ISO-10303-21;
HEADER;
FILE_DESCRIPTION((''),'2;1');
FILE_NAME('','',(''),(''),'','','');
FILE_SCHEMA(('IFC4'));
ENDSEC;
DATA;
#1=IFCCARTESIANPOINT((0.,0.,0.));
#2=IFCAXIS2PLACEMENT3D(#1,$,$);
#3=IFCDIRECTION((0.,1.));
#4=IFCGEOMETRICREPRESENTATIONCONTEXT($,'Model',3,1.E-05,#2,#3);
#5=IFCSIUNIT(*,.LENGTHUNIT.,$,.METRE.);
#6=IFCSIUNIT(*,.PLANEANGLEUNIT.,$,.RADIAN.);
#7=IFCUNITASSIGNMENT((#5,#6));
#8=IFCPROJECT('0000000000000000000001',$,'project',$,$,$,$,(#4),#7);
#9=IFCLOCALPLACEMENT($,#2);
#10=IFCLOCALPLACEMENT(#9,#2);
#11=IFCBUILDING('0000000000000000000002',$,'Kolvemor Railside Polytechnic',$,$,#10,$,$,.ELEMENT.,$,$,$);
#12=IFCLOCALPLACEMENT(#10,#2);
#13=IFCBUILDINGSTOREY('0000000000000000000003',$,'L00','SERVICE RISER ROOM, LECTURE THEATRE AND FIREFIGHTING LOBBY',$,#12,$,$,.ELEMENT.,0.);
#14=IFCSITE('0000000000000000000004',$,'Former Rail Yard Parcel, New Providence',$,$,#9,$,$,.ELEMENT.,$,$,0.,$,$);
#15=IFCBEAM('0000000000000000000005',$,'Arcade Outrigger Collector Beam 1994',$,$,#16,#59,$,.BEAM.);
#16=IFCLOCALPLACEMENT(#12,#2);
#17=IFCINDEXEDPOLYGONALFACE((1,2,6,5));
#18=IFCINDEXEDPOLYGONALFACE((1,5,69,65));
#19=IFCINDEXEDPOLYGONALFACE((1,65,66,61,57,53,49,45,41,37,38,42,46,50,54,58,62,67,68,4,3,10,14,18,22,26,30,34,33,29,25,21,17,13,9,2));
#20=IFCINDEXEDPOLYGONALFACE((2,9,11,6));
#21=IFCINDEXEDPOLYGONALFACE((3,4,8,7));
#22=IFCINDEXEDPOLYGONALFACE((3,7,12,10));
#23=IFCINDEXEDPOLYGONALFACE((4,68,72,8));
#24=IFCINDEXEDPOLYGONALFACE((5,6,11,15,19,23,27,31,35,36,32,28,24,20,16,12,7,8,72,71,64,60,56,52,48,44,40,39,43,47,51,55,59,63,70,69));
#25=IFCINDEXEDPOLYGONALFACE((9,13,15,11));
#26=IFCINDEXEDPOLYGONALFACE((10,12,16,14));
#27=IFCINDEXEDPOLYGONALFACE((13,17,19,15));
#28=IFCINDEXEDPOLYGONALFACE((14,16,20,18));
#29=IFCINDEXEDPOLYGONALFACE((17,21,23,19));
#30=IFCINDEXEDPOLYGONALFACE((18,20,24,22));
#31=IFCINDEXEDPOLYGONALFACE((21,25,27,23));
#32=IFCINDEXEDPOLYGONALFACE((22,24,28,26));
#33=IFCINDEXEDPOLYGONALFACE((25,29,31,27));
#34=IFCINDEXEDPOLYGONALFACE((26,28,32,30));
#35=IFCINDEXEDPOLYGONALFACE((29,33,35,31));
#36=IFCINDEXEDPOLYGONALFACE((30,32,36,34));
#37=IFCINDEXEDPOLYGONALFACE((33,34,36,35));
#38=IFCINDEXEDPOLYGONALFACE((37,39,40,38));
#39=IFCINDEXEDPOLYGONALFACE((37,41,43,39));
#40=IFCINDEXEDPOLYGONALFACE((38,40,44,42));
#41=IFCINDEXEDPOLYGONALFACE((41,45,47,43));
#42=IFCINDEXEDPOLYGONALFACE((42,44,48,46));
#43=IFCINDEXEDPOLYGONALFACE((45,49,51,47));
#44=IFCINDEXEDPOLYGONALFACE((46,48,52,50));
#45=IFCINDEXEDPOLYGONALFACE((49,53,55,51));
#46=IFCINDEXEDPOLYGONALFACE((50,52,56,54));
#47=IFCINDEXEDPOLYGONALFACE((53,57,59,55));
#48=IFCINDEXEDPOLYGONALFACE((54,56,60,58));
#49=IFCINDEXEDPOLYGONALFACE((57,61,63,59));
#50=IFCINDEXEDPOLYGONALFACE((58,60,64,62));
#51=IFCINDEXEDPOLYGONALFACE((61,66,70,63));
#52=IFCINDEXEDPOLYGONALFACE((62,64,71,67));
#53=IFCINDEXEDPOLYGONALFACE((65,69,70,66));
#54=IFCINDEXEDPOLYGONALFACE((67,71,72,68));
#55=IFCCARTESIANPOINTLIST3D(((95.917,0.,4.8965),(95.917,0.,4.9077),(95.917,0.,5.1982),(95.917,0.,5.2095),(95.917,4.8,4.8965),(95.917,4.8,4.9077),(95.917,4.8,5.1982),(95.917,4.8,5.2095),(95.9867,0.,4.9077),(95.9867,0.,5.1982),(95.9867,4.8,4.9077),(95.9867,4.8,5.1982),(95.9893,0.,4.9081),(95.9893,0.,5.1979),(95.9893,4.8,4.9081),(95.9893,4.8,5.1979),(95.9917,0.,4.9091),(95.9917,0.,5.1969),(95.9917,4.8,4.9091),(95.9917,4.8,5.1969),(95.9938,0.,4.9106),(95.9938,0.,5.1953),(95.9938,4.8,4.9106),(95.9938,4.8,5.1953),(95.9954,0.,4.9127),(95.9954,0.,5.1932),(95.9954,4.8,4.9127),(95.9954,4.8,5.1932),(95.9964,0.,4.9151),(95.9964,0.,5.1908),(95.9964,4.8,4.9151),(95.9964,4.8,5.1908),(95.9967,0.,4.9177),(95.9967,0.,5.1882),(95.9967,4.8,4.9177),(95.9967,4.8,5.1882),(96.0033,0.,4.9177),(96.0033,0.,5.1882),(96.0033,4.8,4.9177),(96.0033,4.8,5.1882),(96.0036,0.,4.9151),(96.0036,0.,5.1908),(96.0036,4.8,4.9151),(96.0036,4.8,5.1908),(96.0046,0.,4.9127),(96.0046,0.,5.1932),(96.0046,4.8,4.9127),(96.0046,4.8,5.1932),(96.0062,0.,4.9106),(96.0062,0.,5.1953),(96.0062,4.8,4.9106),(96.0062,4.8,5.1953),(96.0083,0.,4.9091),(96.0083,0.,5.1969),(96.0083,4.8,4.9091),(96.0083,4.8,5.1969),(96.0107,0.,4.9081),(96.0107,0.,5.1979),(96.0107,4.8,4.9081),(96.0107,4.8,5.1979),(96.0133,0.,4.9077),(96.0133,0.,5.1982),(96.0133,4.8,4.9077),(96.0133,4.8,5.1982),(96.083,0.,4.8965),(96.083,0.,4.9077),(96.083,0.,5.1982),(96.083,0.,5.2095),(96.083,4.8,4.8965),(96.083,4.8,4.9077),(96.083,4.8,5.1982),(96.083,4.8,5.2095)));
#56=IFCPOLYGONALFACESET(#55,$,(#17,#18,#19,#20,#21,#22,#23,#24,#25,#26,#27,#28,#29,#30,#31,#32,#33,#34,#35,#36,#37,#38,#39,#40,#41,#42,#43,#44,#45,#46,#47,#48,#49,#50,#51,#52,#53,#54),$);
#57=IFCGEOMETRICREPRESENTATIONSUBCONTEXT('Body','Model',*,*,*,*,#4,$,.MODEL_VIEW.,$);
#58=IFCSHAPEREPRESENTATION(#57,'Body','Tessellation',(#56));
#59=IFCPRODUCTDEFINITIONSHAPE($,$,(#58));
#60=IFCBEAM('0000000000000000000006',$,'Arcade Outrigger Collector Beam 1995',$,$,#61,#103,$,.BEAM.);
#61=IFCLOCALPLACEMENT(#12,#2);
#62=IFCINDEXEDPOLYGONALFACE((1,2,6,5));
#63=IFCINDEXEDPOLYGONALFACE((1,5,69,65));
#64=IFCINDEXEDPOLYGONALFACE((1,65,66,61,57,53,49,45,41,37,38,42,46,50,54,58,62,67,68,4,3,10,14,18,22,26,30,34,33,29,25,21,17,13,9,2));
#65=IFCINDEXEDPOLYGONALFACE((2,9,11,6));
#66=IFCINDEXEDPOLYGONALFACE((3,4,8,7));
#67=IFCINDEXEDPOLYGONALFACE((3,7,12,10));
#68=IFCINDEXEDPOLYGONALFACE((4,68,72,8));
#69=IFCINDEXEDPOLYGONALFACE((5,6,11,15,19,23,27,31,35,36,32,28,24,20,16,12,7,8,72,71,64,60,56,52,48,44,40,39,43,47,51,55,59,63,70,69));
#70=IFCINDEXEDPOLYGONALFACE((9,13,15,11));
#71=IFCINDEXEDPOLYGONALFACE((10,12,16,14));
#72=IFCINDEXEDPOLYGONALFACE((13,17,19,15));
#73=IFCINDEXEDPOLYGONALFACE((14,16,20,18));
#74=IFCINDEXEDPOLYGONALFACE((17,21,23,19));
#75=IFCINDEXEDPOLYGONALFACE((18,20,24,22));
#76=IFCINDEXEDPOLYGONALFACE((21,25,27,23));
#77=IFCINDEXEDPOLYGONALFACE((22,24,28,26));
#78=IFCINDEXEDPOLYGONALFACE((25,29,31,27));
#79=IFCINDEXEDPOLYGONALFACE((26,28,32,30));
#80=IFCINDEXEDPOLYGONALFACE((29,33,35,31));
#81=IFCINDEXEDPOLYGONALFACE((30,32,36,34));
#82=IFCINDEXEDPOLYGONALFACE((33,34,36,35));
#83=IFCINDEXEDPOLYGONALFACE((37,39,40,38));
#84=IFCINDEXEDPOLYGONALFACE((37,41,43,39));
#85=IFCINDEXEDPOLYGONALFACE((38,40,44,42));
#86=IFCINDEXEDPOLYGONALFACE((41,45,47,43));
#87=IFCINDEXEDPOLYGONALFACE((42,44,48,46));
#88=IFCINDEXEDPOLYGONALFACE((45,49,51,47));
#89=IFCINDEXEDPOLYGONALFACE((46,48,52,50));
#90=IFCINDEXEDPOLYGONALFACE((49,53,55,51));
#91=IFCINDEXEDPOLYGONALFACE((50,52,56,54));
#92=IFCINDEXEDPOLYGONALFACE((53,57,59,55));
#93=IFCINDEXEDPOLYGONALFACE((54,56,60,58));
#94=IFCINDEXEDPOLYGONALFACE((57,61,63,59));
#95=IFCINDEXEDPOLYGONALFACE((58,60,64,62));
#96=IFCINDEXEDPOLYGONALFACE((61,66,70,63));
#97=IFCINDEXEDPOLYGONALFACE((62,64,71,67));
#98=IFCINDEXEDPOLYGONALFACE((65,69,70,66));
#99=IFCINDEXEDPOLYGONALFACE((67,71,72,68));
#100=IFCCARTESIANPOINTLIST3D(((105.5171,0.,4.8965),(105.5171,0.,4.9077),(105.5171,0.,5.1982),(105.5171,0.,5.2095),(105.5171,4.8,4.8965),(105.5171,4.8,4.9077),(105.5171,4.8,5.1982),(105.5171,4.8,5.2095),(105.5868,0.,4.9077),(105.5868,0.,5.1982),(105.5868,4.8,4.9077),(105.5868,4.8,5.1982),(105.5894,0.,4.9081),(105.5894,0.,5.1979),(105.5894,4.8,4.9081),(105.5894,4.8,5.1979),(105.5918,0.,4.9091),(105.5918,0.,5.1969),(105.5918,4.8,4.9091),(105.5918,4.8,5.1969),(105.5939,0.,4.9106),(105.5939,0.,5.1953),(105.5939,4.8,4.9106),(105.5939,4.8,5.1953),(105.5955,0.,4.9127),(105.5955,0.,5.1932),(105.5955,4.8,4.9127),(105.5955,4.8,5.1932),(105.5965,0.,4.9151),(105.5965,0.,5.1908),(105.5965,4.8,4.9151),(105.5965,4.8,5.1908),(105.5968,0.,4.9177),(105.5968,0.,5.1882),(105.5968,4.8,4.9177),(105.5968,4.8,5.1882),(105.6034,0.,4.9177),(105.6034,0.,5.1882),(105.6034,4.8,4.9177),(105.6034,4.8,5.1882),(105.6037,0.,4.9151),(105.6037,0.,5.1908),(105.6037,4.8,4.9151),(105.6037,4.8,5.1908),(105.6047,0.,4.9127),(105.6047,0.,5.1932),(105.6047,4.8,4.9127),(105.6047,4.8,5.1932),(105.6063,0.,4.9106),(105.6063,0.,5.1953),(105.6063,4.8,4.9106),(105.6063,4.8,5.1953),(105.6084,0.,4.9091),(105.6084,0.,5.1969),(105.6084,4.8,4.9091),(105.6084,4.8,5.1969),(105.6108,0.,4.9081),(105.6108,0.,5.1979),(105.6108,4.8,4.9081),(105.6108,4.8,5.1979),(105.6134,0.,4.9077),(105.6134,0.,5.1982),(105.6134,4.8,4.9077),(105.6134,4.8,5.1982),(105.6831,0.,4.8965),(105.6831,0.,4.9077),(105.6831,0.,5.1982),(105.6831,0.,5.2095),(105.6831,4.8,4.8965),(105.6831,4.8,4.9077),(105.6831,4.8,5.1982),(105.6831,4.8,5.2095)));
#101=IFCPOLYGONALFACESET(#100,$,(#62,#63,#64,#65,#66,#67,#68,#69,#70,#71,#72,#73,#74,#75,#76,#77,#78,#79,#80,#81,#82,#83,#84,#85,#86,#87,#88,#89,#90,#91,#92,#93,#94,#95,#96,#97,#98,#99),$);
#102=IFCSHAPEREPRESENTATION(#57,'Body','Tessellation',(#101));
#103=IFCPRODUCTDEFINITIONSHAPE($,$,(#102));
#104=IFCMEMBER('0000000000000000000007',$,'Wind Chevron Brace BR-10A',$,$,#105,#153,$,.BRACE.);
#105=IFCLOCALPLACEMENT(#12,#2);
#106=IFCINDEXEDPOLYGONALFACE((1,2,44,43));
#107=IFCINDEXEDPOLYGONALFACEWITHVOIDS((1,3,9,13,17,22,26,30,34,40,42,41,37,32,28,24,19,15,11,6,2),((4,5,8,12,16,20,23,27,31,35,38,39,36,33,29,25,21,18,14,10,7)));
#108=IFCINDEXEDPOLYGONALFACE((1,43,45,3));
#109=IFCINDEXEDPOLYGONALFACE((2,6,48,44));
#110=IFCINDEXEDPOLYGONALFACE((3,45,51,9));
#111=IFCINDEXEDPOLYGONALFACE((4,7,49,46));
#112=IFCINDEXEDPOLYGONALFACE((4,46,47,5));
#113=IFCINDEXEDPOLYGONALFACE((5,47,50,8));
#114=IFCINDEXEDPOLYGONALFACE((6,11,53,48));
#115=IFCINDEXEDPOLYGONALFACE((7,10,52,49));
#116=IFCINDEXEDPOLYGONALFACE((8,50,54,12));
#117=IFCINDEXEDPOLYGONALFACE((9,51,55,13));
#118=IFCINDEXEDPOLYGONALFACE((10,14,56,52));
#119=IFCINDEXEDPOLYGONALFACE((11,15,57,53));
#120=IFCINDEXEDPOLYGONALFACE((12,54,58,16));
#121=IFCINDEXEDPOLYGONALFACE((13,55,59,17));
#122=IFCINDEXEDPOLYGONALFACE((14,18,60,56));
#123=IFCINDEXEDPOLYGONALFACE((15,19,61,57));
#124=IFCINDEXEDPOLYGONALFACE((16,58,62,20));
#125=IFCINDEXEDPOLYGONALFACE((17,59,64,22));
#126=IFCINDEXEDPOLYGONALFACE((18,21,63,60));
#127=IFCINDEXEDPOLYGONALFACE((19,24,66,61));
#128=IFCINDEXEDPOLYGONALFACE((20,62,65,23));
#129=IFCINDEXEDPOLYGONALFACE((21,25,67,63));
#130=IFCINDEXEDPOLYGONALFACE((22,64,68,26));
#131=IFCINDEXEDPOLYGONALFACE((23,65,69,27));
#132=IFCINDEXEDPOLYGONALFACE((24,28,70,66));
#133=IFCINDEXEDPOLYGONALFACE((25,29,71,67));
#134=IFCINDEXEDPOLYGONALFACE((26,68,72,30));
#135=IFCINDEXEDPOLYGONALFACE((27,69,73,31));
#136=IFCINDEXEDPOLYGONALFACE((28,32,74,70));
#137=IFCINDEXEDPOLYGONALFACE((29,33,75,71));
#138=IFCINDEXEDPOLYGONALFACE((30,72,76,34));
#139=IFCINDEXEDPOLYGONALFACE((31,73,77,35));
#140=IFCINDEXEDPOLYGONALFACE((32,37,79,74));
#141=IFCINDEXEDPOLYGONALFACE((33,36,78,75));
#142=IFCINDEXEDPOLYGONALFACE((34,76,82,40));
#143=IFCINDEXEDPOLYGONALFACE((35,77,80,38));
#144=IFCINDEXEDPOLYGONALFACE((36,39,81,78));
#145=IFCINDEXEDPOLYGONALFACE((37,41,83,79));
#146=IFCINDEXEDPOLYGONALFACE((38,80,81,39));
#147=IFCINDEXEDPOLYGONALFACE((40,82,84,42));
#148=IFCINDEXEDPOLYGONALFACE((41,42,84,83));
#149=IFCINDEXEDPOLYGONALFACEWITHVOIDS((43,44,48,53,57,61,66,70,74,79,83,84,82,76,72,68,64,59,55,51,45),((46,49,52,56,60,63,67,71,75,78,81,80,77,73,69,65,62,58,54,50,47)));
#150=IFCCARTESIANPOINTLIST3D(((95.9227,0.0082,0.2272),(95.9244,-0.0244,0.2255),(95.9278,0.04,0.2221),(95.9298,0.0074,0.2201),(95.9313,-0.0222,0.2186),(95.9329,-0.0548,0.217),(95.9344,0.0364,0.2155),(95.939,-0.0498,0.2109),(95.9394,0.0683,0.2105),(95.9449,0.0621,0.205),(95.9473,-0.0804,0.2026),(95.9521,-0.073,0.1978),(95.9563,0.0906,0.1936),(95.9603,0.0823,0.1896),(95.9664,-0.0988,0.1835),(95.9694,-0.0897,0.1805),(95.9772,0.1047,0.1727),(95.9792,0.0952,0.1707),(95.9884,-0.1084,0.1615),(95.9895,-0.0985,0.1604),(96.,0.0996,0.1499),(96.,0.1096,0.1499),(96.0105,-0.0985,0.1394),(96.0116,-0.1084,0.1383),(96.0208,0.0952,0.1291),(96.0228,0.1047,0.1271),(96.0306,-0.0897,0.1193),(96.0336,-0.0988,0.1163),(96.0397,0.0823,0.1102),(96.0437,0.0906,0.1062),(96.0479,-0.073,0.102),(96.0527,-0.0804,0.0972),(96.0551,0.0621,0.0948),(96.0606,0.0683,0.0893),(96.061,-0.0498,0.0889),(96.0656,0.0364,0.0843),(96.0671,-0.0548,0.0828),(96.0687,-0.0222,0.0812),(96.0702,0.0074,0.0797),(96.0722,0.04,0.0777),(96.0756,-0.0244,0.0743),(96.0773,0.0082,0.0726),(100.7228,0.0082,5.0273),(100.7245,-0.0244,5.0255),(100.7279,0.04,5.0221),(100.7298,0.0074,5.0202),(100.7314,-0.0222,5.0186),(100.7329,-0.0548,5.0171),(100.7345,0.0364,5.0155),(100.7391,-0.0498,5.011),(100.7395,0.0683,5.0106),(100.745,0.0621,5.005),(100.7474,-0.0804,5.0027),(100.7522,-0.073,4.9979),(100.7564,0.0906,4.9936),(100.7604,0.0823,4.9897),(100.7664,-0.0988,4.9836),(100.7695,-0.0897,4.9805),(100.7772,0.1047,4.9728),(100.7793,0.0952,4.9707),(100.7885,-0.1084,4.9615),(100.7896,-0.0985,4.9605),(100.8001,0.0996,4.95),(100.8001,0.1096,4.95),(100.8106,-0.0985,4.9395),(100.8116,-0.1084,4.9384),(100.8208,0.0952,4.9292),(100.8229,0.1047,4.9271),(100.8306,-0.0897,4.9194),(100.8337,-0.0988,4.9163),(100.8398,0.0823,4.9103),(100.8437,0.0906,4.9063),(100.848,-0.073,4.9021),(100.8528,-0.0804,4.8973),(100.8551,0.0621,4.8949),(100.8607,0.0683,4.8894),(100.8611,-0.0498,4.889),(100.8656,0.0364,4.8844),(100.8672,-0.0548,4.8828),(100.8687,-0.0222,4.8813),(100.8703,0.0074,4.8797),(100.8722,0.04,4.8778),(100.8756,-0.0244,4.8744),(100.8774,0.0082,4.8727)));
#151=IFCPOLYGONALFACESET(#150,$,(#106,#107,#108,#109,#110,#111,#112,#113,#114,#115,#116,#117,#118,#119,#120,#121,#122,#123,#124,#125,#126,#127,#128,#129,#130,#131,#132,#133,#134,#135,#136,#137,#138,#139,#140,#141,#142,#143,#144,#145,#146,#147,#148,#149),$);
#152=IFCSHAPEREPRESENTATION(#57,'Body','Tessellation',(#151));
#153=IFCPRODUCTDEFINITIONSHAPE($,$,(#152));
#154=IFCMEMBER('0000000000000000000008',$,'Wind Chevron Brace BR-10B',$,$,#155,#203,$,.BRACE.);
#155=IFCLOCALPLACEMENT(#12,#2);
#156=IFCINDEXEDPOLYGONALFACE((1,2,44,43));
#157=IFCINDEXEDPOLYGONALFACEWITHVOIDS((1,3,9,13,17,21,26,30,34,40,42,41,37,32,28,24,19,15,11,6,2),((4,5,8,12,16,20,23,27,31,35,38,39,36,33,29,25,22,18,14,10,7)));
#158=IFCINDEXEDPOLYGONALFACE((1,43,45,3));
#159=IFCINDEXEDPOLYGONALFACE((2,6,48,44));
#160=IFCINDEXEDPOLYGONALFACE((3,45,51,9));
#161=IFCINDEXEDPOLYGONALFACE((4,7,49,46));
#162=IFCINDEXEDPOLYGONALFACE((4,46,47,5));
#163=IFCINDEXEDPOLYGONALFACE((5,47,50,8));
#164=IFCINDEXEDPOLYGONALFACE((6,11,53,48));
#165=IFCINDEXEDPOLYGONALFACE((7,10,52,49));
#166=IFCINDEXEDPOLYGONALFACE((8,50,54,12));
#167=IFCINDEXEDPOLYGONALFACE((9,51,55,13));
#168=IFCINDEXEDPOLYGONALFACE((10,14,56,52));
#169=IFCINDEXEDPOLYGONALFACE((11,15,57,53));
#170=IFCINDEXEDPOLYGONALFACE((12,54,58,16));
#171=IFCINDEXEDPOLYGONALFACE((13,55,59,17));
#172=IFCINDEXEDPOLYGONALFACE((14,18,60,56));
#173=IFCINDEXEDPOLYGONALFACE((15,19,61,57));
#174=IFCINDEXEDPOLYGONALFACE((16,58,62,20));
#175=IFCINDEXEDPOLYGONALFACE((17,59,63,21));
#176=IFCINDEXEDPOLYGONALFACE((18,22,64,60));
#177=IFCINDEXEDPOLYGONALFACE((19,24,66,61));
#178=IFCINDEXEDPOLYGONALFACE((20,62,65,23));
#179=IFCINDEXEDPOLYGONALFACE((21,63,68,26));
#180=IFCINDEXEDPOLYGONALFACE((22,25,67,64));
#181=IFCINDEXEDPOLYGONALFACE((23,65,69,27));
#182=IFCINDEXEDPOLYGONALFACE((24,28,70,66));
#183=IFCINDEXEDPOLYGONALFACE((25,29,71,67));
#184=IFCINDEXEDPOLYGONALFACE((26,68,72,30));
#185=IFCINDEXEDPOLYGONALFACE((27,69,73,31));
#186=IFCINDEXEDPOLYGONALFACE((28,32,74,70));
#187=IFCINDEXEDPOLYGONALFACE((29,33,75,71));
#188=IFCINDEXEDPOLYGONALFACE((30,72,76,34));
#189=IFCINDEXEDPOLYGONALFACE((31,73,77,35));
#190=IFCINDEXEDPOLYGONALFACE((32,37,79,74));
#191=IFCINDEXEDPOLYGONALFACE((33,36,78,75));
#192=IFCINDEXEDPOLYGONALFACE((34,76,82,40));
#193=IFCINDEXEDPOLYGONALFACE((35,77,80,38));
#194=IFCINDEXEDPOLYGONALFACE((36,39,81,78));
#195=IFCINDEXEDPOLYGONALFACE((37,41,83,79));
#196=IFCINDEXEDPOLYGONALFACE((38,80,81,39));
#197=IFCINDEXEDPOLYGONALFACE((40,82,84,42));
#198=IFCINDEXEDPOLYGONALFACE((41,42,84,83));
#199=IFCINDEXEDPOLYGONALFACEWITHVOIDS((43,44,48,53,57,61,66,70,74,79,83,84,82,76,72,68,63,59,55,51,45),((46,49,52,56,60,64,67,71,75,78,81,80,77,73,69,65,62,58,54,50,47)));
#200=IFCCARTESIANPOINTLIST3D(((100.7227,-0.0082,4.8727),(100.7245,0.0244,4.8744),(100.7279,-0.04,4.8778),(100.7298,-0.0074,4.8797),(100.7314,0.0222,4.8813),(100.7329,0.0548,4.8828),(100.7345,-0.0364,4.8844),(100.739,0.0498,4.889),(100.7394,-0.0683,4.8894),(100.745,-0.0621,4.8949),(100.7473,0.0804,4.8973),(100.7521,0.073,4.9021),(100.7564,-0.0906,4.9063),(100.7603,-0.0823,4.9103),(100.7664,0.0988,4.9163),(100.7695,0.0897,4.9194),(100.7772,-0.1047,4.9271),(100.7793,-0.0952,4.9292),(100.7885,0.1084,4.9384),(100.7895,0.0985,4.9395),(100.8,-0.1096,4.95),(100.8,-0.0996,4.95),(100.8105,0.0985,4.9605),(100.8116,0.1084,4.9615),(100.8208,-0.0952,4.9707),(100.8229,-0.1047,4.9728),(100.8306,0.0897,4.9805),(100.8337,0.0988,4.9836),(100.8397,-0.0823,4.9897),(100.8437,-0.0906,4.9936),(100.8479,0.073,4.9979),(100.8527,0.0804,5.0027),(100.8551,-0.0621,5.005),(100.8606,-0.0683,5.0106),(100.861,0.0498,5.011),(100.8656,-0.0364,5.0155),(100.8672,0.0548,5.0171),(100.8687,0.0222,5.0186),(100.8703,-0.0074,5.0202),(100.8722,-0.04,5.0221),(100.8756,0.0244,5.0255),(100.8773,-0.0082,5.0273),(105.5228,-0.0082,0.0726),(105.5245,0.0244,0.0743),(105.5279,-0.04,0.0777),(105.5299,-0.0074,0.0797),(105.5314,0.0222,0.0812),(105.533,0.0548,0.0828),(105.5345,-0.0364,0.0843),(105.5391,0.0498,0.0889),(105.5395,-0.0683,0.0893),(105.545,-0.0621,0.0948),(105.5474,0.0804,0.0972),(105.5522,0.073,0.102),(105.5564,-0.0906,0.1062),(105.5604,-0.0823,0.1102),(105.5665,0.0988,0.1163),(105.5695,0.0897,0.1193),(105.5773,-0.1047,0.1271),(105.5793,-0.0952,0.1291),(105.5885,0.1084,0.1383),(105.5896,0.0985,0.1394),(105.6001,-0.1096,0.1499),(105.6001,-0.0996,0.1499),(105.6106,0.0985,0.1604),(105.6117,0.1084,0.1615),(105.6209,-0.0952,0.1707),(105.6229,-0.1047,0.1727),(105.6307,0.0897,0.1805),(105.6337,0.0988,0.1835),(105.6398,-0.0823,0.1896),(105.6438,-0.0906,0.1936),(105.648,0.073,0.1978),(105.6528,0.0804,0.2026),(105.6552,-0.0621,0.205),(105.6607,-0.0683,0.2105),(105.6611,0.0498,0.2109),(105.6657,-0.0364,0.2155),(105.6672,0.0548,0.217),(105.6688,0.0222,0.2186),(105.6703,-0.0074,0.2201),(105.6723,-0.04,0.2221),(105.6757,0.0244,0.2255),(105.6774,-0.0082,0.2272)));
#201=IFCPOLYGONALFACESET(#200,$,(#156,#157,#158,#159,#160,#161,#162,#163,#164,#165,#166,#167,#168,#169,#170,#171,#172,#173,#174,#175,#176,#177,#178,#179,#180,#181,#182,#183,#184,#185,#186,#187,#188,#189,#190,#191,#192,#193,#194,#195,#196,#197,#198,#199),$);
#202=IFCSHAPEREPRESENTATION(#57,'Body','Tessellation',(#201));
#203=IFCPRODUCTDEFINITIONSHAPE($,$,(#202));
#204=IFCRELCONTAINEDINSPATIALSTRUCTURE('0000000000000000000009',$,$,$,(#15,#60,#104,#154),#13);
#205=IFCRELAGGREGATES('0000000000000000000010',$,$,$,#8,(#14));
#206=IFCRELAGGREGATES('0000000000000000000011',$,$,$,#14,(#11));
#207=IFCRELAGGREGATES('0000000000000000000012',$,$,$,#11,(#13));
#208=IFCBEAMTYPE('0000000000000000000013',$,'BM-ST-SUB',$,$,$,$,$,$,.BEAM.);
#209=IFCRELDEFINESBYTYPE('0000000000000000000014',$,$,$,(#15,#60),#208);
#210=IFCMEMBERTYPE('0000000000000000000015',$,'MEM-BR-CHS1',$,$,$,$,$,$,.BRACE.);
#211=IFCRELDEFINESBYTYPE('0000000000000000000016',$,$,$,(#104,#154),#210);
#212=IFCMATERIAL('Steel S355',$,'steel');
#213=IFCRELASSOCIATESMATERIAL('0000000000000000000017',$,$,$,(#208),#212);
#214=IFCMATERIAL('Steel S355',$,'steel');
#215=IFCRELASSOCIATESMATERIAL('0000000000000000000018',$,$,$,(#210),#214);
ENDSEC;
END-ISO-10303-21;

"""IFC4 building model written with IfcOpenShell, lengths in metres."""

from ifc_helpers import new_model, si_unit, direction, frame, origin, origin_2d, place, context, subcontext, project, spatial, hollow_circle, i_section, extrude, material, material_profile, profile_set, type_object, element, save


model = new_model("IFC4")

# Units and contexts
model_context = context("Model", 3, precision=1e-05, world=origin(), true_north=direction((0.0, 1.0)))
body_context = subcontext(model_context, "Body", "Model", "MODEL_VIEW")
ifc_project = project(units=[si_unit("LENGTHUNIT", "METRE"), si_unit("PLANEANGLEUNIT", "RADIAN")], contexts=[model_context])

# Site, building, storey
site_placement = place(None, origin())
site = spatial("IfcSite", under=ifc_project, at=site_placement, Name="Former Rail Yard Parcel, New Providence", CompositionType="ELEMENT", RefElevation=0.0)
building_placement = place(site_placement, origin())
building = spatial("IfcBuilding", under=site, at=building_placement, Name="Kolvemor Railside Polytechnic", CompositionType="ELEMENT")
storey_placement = place(building_placement, origin())
storey = spatial("IfcBuildingStorey", under=building, at=storey_placement, Name="L00", Description="SERVICE RISER ROOM, LECTURE THEATRE AND FIREFIGHTING LOBBY", CompositionType="ELEMENT", Elevation=0.0)

# Beams
ifc_material_1 = material(Name="Steel S355", Category="steel")
ifc_material_profile_1 = material_profile(ifc_material_1, i_section(OverallWidth=0.166, OverallDepth=0.313, WebThickness=0.0066, FlangeThickness=0.0112, FilletRadius=0.01, at=origin_2d()), Name="W310x45")
ifc_profile_set_1 = profile_set([ifc_material_profile_1], Name="Steel S355")
beam_type_1 = type_object("IfcBeamType", Name="BM-ST-SUB", PredefinedType="BEAM", material=ifc_profile_set_1)
for number, where, z_axis, x_axis, name in (
    (1, (96.0, 0.0, 5.053), (0.0, 1.0, 0.0), (-1.0, 0.0, 0.0), "Arcade Outrigger Collector Beam 1994"),
    (2, (105.6001, 0.0, 5.053), (0.0, 1.0, 0.0), (-1.0, 0.0, 0.0), "Arcade Outrigger Collector Beam 1995"),
):
    element("IfcBeam", number, at=place(storey_placement, frame(where, z_axis=z_axis, x_axis=x_axis)), inside=storey, type_object=beam_type_1, Name=name, PredefinedType="BEAM", context=body_context, shape_type="SweptSolid", body=[
        extrude(i_section(OverallWidth=0.166, OverallDepth=0.313, WebThickness=0.0066, FlangeThickness=0.0112, FilletRadius=0.01, at=origin_2d()), origin(), (0.0, 0.0, 1.0), 4.8),
    ])

# Members
ifc_material_2 = material(Name="Steel S355", Category="steel")
ifc_material_profile_2 = material_profile(ifc_material_2, hollow_circle(Radius=0.1096, WallThickness=0.01, at=origin_2d()), Name="CHS219.1x10")
ifc_profile_set_2 = profile_set([ifc_material_profile_2], Name="Steel S355")
member_type = type_object("IfcMemberType", Name="MEM-BR-CHS1", PredefinedType="BRACE", material=ifc_profile_set_2)
for number, where, z_axis, x_axis, name in (
    (3, (96.0, 0.0, 0.1499), (0.707107, 0.0, 0.707107), (0.0, 1.0, 0.0), "Wind Chevron Brace BR-10A"),
    (4, (105.6001, 0.0, 0.1499), (-0.707107, 0.0, 0.707107), (0.0, -1.0, 0.0), "Wind Chevron Brace BR-10B"),
):
    element("IfcMember", number, at=place(storey_placement, frame(where, z_axis=z_axis, x_axis=x_axis)), inside=storey, type_object=member_type, Name=name, PredefinedType="BRACE", context=body_context, shape_type="SweptSolid", body=[
        extrude(hollow_circle(Radius=0.1096, WallThickness=0.01, at=origin_2d()), origin(), (0.0, 0.0, 1.0), 6.7883),
    ])

save(model, "model.ifc")
